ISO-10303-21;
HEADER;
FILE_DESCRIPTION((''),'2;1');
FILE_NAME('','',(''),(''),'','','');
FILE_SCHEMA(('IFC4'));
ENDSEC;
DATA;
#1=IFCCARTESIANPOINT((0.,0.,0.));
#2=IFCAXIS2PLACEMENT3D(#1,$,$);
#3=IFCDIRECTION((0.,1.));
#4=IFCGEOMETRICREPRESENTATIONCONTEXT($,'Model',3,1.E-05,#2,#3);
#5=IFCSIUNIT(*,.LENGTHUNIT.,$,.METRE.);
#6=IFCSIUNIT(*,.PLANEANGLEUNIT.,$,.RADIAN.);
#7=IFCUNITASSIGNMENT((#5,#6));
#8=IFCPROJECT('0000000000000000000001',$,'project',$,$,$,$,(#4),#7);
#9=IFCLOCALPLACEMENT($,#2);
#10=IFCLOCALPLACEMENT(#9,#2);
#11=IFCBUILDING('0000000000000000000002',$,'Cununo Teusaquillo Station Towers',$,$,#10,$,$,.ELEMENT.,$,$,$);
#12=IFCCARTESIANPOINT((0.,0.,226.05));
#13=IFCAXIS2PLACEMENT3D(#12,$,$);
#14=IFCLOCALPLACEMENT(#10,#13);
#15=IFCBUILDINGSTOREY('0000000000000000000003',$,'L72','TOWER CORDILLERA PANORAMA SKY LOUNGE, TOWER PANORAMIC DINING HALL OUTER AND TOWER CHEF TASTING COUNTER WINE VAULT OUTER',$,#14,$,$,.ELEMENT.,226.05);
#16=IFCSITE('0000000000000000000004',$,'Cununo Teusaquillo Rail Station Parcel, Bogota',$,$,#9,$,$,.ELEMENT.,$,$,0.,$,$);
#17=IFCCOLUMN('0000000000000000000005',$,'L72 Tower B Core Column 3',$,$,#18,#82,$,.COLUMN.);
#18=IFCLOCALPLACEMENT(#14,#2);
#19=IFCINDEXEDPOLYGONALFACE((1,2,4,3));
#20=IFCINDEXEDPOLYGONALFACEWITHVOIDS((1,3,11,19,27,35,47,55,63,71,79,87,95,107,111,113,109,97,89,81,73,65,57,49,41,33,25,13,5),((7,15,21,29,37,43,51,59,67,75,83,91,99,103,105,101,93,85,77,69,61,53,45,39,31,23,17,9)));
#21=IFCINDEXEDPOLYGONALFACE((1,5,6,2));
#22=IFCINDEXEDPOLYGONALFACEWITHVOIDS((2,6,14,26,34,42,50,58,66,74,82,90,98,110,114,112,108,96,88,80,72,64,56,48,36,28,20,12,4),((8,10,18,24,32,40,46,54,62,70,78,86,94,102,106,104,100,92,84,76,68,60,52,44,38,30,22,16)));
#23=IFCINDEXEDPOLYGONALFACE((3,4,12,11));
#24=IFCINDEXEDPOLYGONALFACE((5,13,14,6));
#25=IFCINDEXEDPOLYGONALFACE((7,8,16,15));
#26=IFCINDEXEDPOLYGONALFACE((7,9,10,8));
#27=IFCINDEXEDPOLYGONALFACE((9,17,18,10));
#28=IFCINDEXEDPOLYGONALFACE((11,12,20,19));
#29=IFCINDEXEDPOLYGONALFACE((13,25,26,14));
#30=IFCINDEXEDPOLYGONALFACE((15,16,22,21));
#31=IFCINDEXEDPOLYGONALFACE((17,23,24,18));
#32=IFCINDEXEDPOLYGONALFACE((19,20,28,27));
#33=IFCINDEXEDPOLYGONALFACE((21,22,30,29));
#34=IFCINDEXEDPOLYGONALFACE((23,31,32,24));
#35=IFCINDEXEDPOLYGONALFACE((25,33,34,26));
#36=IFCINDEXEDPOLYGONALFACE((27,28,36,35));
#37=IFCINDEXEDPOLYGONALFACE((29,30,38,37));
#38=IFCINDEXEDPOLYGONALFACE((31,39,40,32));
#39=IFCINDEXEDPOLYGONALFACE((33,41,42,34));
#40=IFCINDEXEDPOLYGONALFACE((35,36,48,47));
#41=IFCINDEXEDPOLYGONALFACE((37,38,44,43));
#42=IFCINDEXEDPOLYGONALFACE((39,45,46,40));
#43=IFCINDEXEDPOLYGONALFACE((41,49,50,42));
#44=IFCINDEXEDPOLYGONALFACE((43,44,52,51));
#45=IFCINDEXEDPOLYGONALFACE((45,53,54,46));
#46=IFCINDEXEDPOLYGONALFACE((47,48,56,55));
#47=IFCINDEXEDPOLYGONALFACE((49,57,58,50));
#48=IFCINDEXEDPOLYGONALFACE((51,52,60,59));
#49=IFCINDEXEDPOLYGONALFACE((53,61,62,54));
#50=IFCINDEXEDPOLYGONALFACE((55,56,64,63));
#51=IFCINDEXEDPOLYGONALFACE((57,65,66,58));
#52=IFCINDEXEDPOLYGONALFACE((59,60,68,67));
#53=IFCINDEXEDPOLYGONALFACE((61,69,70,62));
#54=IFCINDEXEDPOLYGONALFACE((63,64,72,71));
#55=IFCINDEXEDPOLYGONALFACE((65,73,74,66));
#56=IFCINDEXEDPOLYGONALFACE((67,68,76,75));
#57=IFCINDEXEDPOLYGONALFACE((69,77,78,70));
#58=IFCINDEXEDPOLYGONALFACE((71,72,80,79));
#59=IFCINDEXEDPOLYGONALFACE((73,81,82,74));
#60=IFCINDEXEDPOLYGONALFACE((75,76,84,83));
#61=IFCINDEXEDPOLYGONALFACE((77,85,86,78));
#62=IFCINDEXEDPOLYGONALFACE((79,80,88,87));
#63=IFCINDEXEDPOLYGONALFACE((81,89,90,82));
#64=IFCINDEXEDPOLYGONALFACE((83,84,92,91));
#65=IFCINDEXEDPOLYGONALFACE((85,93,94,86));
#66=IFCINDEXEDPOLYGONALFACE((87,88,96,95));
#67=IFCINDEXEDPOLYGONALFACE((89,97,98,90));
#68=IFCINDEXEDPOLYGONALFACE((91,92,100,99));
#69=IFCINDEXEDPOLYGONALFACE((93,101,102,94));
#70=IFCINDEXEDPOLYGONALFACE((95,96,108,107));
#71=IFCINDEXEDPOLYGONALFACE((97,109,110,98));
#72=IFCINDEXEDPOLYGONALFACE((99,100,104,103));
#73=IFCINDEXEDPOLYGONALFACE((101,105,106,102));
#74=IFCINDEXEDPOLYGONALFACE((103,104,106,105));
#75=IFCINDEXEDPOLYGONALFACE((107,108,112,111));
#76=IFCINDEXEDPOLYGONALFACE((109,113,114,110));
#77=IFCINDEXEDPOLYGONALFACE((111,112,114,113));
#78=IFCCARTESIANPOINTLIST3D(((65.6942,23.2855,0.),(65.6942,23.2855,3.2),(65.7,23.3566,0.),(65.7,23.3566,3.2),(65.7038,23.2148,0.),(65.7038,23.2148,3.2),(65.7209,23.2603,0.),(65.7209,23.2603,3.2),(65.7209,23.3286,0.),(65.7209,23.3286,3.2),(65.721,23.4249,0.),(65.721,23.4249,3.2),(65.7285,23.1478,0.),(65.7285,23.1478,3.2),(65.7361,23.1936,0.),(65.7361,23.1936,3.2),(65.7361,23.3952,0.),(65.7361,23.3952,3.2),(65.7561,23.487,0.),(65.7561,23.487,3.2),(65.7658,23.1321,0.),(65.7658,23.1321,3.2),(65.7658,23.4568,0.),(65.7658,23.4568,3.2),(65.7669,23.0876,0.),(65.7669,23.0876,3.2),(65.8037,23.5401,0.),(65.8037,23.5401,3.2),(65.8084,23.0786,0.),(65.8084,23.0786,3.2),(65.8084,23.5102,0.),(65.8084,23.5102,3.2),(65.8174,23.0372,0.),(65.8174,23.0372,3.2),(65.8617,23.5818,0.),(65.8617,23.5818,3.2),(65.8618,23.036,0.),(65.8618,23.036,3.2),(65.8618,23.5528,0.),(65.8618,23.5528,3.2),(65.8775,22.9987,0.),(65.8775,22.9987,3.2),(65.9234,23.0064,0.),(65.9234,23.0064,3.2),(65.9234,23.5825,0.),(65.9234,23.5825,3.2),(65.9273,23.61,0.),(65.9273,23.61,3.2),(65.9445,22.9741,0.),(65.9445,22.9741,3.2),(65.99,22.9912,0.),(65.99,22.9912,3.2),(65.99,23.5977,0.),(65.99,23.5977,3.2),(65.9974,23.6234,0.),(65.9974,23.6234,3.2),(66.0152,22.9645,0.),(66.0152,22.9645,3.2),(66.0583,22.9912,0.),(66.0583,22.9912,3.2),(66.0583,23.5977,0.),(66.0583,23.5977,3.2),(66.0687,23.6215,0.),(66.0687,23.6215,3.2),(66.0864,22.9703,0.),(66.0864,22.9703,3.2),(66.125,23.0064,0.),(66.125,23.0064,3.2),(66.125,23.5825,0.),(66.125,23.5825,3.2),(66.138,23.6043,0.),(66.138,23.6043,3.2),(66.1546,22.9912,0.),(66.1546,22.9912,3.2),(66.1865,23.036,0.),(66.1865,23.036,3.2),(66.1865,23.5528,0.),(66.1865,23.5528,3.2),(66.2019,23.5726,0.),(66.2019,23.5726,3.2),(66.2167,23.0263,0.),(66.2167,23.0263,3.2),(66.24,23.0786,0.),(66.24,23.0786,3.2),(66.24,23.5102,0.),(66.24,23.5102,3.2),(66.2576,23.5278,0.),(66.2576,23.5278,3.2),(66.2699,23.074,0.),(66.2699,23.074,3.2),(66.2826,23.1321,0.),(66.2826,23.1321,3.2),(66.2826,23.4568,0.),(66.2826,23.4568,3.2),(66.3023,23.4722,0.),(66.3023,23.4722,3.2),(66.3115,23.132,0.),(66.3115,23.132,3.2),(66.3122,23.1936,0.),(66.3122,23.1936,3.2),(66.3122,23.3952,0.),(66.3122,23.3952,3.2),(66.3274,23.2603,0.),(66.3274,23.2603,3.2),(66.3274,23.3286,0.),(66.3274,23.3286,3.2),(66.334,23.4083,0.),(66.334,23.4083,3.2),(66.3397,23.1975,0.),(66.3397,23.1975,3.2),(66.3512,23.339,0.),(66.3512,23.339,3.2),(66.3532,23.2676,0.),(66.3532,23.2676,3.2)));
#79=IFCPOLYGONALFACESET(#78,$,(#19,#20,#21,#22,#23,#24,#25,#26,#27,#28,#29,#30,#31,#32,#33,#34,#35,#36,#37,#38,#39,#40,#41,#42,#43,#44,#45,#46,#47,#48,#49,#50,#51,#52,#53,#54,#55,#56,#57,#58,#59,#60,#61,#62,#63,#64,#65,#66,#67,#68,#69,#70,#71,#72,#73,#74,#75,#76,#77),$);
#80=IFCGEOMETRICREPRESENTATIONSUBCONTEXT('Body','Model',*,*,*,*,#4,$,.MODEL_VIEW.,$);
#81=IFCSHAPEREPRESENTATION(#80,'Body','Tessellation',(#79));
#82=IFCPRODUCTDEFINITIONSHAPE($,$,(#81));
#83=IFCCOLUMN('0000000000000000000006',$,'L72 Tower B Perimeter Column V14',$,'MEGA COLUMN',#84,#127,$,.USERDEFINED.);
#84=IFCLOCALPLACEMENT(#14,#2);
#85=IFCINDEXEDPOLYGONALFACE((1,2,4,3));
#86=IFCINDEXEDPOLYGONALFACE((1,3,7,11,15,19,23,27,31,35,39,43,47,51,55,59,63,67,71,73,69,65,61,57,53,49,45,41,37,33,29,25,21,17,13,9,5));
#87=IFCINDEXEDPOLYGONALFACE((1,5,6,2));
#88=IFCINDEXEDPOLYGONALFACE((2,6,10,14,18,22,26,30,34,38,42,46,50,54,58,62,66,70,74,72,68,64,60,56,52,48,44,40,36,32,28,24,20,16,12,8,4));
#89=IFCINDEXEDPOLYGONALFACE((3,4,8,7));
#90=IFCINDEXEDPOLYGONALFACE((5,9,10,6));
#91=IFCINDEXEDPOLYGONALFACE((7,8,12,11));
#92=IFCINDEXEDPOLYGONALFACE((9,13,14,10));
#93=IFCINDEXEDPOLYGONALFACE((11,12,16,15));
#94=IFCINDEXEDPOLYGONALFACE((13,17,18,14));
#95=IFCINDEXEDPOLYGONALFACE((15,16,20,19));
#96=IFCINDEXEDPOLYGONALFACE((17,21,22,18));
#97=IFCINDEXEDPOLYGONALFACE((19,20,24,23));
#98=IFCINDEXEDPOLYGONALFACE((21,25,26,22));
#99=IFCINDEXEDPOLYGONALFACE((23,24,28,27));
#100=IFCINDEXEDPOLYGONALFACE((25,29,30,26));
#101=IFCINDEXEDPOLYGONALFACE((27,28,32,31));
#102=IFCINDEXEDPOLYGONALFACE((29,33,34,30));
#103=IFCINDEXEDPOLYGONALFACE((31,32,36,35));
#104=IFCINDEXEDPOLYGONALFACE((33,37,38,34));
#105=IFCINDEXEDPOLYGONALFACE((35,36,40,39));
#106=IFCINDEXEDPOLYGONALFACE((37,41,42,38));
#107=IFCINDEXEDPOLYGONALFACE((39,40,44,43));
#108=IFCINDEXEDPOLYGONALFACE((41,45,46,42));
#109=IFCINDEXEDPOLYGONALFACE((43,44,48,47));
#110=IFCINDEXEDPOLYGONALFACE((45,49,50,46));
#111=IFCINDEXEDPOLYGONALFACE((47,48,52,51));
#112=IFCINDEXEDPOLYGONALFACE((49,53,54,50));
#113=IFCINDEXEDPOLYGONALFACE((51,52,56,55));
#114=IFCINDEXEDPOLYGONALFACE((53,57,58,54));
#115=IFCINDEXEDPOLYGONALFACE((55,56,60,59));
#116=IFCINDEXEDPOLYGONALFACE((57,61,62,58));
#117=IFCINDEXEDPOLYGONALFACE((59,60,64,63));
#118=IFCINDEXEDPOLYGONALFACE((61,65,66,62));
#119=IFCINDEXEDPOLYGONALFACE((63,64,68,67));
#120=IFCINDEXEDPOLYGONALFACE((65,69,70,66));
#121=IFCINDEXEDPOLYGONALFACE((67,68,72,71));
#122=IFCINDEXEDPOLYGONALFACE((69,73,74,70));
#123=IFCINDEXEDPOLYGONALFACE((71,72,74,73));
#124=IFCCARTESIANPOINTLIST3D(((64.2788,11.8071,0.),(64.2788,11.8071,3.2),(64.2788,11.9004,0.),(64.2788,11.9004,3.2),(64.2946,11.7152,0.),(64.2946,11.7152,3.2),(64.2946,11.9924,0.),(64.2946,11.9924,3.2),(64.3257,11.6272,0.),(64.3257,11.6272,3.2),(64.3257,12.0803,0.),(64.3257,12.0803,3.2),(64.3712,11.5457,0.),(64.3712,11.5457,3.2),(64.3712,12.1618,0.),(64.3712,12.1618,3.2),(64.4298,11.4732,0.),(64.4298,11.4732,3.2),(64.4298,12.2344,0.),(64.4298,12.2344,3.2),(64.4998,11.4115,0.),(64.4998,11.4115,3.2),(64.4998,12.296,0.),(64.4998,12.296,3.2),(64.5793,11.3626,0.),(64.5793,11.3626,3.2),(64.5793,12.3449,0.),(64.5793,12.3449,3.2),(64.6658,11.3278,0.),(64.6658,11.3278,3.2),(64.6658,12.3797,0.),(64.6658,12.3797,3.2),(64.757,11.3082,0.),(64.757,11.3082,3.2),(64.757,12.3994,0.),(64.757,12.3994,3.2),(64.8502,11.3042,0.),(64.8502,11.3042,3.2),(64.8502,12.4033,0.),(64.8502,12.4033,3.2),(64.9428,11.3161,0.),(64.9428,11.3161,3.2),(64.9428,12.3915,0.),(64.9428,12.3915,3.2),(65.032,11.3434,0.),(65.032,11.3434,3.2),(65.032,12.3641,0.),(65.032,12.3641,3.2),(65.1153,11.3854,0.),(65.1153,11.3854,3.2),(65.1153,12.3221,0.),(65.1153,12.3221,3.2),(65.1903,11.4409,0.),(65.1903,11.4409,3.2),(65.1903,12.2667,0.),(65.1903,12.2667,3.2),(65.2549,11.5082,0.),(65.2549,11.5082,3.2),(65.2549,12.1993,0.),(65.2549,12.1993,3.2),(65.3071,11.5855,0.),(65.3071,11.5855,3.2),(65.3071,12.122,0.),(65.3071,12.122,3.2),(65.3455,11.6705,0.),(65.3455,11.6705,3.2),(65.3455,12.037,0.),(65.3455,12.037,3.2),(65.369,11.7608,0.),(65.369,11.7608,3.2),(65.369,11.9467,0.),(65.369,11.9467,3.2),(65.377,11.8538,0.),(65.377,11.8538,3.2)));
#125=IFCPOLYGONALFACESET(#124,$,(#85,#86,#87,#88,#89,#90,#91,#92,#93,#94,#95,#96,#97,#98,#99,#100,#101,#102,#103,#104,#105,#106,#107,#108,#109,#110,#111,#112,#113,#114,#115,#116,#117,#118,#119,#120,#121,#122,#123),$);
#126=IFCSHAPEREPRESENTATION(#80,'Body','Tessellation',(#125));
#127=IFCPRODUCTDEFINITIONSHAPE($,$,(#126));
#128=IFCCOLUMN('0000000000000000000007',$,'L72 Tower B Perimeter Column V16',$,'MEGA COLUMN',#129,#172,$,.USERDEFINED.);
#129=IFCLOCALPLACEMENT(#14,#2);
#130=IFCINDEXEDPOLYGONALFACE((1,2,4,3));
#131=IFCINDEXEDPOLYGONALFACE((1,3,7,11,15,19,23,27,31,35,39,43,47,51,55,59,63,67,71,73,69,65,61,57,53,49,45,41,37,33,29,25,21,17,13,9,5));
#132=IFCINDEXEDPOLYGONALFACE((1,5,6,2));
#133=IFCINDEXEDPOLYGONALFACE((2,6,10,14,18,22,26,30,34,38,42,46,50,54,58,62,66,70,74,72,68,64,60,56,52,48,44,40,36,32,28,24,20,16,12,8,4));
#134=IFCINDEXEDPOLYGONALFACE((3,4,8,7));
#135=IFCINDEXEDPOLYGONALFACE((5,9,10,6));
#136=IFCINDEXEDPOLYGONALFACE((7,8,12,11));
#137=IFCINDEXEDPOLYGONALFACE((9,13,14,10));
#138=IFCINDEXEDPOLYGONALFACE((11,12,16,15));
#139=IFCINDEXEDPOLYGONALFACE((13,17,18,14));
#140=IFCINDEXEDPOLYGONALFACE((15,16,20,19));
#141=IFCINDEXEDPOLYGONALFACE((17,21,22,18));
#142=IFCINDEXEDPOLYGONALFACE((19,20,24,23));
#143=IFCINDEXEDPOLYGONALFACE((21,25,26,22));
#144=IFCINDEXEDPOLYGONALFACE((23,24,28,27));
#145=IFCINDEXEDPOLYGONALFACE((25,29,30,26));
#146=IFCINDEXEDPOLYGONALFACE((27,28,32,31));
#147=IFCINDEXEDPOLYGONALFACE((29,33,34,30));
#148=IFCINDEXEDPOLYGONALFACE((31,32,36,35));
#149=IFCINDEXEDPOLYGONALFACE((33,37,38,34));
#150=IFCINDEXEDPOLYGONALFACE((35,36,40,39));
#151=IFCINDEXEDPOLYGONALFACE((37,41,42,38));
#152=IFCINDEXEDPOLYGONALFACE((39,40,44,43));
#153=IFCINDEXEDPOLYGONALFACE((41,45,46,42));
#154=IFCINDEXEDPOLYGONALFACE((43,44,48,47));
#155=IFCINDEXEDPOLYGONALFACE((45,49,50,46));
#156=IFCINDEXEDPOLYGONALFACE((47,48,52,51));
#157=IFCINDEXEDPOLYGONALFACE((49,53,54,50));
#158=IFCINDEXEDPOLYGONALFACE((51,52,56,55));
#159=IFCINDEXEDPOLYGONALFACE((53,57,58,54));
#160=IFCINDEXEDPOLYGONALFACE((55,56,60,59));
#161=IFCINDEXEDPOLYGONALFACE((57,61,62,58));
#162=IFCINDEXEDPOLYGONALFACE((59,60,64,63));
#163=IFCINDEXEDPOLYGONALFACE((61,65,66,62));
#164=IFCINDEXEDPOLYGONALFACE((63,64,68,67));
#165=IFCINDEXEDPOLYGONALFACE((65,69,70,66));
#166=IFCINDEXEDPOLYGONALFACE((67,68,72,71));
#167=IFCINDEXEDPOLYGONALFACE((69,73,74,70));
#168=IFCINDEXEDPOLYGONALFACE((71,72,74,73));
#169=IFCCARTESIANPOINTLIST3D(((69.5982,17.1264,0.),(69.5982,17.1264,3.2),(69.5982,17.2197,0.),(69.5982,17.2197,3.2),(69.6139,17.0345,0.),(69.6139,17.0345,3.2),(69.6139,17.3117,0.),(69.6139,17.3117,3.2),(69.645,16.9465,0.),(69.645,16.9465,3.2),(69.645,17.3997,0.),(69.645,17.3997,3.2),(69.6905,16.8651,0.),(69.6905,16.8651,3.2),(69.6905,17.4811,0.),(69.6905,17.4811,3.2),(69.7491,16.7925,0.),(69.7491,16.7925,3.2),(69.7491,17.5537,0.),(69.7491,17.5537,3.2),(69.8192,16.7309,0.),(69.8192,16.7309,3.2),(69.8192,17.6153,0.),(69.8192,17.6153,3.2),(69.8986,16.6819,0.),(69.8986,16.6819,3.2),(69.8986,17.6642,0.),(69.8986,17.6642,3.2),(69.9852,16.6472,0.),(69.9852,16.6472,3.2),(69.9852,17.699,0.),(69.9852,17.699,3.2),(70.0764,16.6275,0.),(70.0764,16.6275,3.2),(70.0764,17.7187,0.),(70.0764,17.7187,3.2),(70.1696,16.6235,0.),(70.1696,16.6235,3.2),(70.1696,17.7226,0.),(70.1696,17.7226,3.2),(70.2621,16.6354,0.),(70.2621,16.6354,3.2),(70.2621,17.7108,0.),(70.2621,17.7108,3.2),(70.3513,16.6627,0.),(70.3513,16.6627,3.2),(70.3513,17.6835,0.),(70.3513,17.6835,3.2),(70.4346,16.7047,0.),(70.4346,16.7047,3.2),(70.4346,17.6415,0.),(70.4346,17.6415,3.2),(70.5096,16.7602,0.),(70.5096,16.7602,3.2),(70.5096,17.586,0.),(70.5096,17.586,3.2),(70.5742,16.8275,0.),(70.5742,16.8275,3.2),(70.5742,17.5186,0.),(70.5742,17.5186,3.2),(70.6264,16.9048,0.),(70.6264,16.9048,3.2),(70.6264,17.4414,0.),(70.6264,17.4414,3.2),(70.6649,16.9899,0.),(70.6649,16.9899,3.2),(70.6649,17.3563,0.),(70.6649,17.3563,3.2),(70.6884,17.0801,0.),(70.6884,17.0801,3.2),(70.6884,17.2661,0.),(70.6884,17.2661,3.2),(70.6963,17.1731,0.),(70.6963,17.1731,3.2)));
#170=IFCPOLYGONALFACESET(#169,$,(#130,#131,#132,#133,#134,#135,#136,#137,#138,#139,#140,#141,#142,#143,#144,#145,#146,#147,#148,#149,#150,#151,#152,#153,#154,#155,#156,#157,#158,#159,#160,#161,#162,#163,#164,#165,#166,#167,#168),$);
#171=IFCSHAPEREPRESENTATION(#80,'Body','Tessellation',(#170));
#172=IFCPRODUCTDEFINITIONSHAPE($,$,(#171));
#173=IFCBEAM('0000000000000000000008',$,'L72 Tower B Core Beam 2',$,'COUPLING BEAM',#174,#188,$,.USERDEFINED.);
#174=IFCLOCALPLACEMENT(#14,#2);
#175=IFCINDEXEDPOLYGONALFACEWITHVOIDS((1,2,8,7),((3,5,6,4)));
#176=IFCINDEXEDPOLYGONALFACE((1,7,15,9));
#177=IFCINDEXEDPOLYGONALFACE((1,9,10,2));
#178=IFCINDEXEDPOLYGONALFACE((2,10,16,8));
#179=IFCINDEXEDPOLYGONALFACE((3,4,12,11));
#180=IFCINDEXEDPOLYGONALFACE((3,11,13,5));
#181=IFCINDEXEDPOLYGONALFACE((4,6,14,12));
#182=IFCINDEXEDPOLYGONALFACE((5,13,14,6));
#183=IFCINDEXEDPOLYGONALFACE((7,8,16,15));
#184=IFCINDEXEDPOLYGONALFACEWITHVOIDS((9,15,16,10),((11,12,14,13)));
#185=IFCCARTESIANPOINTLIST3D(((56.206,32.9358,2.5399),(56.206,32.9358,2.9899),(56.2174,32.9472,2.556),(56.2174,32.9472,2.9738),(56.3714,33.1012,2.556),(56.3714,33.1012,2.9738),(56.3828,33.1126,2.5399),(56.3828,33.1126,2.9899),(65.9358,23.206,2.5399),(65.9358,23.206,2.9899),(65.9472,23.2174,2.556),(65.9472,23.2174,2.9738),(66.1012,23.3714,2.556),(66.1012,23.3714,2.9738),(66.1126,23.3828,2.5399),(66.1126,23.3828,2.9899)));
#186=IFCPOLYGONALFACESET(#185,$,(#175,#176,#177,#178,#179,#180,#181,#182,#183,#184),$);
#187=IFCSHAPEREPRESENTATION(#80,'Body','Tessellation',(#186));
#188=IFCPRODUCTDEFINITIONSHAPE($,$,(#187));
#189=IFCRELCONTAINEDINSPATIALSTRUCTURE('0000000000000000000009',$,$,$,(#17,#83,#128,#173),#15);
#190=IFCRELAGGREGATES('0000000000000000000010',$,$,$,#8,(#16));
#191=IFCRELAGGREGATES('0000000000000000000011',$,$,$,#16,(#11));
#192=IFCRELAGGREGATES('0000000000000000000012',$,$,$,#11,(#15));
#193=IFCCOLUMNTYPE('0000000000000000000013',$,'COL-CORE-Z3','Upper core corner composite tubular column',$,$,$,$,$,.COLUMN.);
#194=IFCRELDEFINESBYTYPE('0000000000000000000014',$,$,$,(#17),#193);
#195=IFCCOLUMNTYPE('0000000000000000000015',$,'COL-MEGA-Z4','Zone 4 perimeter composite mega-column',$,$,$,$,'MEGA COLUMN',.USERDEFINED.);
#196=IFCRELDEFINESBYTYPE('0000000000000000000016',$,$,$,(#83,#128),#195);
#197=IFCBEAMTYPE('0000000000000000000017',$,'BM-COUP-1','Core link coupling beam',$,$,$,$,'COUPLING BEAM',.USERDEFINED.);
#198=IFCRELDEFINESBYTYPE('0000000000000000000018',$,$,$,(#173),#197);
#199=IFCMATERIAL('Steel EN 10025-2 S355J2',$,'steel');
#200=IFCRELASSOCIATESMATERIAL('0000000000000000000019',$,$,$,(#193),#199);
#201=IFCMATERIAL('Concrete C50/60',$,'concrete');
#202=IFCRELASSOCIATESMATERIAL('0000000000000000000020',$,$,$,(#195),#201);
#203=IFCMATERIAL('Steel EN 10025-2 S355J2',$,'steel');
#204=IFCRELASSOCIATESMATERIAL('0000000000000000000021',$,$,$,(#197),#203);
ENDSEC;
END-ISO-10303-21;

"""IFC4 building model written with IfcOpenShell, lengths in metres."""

from ifc_helpers import new_model, si_unit, direction, frame, origin, origin_2d, place, context, subcontext, project, spatial, hollow_rectangle, circle, hollow_circle, extrude, material, material_profile, profile_set, type_object, element, save


model = new_model("IFC4")

# Units and contexts
model_context = context("Model", 3, precision=1e-05, world=origin(), true_north=direction((0.0, 1.0)))
body_context = subcontext(model_context, "Body", "Model", "MODEL_VIEW")
ifc_project = project(units=[si_unit("LENGTHUNIT", "METRE"), si_unit("PLANEANGLEUNIT", "RADIAN")], contexts=[model_context])

# Site, building, storey
site_placement = place(None, origin())
site = spatial("IfcSite", under=ifc_project, at=site_placement, Name="Cununo Teusaquillo Rail Station Parcel, Bogota", CompositionType="ELEMENT", RefElevation=0.0)
building_placement = place(site_placement, origin())
building = spatial("IfcBuilding", under=site, at=building_placement, Name="Cununo Teusaquillo Station Towers", CompositionType="ELEMENT")
storey_placement = place(building_placement, frame((0.0, 0.0, 226.05)))
storey = spatial("IfcBuildingStorey", under=building, at=storey_placement, Name="L72", Description="TOWER CORDILLERA PANORAMA SKY LOUNGE, TOWER PANORAMIC DINING HALL OUTER AND TOWER CHEF TASTING COUNTER WINE VAULT OUTER", CompositionType="ELEMENT", Elevation=226.05)

# Columns
ifc_material_1 = material(Name="Steel EN 10025-2 S355J2", Category="steel")
ifc_material_profile_1 = material_profile(ifc_material_1, hollow_circle(Radius=0.3301, WallThickness=0.0249, at=origin_2d()), Name="CHS 660x25")
ifc_profile_set_1 = profile_set([ifc_material_profile_1], Name="Steel EN 10025-2 S355J2")
column_type_1 = type_object("IfcColumnType", Name="COL-CORE-Z3", Description="Upper core corner composite tubular column", PredefinedType="COLUMN", material=ifc_profile_set_1)
column_placement = place(storey_placement, frame((66.0242, 23.2944, 0.0), z_axis=(0.0, 0.0, 1.0), x_axis=(0.707107, 0.707107, 0.0)))
element("IfcColumn", 1, at=column_placement, inside=storey, type_object=column_type_1, Name="L72 Tower B Core Column 3", PredefinedType="COLUMN", context=body_context, shape_type="SweptSolid", body=[
    extrude(hollow_circle(Radius=0.3301, WallThickness=0.0249, at=origin_2d()), origin(), (0.0, 0.0, 1.0), 3.2),
])
ifc_material_2 = material(Name="Concrete C50/60", Category="concrete")
ifc_material_profile_2 = material_profile(ifc_material_2, circle(Radius=0.55, at=origin_2d()), Name="RC-CIRC-1100")
ifc_profile_set_2 = profile_set([ifc_material_profile_2], Name="Concrete C50/60")
column_type_2 = type_object("IfcColumnType", Name="COL-MEGA-Z4", Description="Zone 4 perimeter composite mega-column", ElementType="MEGA COLUMN", PredefinedType="USERDEFINED", material=ifc_profile_set_2)
for number, where, z_axis, x_axis, name in (
    (2, (64.8269, 11.8538, 0.0), (0.0, 0.0, 1.0), (1.0, 0.0, 0.0), "L72 Tower B Perimeter Column V14"),
    (3, (70.1462, 17.1731, 0.0), (0.0, 0.0, 1.0), (1.0, 0.0, 0.0), "L72 Tower B Perimeter Column V16"),
):
    element("IfcColumn", number, at=place(storey_placement, frame(where, z_axis=z_axis, x_axis=x_axis)), inside=storey, type_object=column_type_2, Name=name, ObjectType="MEGA COLUMN", PredefinedType="USERDEFINED", context=body_context, shape_type="SweptSolid", body=[
        extrude(circle(Radius=0.55, at=origin_2d()), origin(), (0.0, 0.0, 1.0), 3.2),
    ])

# Beam
ifc_material_3 = material(Name="Steel EN 10025-2 S355J2", Category="steel")
ifc_material_profile_3 = material_profile(ifc_material_3, hollow_rectangle(XDim=0.25, YDim=0.45, WallThickness=0.0161, at=origin_2d()), Name="RHS 450x250x16")
ifc_profile_set_3 = profile_set([ifc_material_profile_3], Name="Steel EN 10025-2 S355J2")
beam_type_1 = type_object("IfcBeamType", Name="BM-COUP-1", Description="Core link coupling beam", ElementType="COUPLING BEAM", PredefinedType="USERDEFINED", material=ifc_profile_set_3)
beam_1_placement = place(storey_placement, frame((66.0242, 23.2944, 2.7649), z_axis=(-0.707107, 0.707107, 0.0), x_axis=(-0.707107, -0.707107, 0.0)))
element("IfcBeam", 4, at=beam_1_placement, inside=storey, type_object=beam_type_1, Name="L72 Tower B Core Beam 2", ObjectType="COUPLING BEAM", PredefinedType="USERDEFINED", context=body_context, shape_type="SweptSolid", body=[
    extrude(hollow_rectangle(XDim=0.25, YDim=0.45, WallThickness=0.0161, at=origin_2d()), origin(), (0.0, 0.0, 1.0), 13.76),
])

save(model, "model.ifc")
